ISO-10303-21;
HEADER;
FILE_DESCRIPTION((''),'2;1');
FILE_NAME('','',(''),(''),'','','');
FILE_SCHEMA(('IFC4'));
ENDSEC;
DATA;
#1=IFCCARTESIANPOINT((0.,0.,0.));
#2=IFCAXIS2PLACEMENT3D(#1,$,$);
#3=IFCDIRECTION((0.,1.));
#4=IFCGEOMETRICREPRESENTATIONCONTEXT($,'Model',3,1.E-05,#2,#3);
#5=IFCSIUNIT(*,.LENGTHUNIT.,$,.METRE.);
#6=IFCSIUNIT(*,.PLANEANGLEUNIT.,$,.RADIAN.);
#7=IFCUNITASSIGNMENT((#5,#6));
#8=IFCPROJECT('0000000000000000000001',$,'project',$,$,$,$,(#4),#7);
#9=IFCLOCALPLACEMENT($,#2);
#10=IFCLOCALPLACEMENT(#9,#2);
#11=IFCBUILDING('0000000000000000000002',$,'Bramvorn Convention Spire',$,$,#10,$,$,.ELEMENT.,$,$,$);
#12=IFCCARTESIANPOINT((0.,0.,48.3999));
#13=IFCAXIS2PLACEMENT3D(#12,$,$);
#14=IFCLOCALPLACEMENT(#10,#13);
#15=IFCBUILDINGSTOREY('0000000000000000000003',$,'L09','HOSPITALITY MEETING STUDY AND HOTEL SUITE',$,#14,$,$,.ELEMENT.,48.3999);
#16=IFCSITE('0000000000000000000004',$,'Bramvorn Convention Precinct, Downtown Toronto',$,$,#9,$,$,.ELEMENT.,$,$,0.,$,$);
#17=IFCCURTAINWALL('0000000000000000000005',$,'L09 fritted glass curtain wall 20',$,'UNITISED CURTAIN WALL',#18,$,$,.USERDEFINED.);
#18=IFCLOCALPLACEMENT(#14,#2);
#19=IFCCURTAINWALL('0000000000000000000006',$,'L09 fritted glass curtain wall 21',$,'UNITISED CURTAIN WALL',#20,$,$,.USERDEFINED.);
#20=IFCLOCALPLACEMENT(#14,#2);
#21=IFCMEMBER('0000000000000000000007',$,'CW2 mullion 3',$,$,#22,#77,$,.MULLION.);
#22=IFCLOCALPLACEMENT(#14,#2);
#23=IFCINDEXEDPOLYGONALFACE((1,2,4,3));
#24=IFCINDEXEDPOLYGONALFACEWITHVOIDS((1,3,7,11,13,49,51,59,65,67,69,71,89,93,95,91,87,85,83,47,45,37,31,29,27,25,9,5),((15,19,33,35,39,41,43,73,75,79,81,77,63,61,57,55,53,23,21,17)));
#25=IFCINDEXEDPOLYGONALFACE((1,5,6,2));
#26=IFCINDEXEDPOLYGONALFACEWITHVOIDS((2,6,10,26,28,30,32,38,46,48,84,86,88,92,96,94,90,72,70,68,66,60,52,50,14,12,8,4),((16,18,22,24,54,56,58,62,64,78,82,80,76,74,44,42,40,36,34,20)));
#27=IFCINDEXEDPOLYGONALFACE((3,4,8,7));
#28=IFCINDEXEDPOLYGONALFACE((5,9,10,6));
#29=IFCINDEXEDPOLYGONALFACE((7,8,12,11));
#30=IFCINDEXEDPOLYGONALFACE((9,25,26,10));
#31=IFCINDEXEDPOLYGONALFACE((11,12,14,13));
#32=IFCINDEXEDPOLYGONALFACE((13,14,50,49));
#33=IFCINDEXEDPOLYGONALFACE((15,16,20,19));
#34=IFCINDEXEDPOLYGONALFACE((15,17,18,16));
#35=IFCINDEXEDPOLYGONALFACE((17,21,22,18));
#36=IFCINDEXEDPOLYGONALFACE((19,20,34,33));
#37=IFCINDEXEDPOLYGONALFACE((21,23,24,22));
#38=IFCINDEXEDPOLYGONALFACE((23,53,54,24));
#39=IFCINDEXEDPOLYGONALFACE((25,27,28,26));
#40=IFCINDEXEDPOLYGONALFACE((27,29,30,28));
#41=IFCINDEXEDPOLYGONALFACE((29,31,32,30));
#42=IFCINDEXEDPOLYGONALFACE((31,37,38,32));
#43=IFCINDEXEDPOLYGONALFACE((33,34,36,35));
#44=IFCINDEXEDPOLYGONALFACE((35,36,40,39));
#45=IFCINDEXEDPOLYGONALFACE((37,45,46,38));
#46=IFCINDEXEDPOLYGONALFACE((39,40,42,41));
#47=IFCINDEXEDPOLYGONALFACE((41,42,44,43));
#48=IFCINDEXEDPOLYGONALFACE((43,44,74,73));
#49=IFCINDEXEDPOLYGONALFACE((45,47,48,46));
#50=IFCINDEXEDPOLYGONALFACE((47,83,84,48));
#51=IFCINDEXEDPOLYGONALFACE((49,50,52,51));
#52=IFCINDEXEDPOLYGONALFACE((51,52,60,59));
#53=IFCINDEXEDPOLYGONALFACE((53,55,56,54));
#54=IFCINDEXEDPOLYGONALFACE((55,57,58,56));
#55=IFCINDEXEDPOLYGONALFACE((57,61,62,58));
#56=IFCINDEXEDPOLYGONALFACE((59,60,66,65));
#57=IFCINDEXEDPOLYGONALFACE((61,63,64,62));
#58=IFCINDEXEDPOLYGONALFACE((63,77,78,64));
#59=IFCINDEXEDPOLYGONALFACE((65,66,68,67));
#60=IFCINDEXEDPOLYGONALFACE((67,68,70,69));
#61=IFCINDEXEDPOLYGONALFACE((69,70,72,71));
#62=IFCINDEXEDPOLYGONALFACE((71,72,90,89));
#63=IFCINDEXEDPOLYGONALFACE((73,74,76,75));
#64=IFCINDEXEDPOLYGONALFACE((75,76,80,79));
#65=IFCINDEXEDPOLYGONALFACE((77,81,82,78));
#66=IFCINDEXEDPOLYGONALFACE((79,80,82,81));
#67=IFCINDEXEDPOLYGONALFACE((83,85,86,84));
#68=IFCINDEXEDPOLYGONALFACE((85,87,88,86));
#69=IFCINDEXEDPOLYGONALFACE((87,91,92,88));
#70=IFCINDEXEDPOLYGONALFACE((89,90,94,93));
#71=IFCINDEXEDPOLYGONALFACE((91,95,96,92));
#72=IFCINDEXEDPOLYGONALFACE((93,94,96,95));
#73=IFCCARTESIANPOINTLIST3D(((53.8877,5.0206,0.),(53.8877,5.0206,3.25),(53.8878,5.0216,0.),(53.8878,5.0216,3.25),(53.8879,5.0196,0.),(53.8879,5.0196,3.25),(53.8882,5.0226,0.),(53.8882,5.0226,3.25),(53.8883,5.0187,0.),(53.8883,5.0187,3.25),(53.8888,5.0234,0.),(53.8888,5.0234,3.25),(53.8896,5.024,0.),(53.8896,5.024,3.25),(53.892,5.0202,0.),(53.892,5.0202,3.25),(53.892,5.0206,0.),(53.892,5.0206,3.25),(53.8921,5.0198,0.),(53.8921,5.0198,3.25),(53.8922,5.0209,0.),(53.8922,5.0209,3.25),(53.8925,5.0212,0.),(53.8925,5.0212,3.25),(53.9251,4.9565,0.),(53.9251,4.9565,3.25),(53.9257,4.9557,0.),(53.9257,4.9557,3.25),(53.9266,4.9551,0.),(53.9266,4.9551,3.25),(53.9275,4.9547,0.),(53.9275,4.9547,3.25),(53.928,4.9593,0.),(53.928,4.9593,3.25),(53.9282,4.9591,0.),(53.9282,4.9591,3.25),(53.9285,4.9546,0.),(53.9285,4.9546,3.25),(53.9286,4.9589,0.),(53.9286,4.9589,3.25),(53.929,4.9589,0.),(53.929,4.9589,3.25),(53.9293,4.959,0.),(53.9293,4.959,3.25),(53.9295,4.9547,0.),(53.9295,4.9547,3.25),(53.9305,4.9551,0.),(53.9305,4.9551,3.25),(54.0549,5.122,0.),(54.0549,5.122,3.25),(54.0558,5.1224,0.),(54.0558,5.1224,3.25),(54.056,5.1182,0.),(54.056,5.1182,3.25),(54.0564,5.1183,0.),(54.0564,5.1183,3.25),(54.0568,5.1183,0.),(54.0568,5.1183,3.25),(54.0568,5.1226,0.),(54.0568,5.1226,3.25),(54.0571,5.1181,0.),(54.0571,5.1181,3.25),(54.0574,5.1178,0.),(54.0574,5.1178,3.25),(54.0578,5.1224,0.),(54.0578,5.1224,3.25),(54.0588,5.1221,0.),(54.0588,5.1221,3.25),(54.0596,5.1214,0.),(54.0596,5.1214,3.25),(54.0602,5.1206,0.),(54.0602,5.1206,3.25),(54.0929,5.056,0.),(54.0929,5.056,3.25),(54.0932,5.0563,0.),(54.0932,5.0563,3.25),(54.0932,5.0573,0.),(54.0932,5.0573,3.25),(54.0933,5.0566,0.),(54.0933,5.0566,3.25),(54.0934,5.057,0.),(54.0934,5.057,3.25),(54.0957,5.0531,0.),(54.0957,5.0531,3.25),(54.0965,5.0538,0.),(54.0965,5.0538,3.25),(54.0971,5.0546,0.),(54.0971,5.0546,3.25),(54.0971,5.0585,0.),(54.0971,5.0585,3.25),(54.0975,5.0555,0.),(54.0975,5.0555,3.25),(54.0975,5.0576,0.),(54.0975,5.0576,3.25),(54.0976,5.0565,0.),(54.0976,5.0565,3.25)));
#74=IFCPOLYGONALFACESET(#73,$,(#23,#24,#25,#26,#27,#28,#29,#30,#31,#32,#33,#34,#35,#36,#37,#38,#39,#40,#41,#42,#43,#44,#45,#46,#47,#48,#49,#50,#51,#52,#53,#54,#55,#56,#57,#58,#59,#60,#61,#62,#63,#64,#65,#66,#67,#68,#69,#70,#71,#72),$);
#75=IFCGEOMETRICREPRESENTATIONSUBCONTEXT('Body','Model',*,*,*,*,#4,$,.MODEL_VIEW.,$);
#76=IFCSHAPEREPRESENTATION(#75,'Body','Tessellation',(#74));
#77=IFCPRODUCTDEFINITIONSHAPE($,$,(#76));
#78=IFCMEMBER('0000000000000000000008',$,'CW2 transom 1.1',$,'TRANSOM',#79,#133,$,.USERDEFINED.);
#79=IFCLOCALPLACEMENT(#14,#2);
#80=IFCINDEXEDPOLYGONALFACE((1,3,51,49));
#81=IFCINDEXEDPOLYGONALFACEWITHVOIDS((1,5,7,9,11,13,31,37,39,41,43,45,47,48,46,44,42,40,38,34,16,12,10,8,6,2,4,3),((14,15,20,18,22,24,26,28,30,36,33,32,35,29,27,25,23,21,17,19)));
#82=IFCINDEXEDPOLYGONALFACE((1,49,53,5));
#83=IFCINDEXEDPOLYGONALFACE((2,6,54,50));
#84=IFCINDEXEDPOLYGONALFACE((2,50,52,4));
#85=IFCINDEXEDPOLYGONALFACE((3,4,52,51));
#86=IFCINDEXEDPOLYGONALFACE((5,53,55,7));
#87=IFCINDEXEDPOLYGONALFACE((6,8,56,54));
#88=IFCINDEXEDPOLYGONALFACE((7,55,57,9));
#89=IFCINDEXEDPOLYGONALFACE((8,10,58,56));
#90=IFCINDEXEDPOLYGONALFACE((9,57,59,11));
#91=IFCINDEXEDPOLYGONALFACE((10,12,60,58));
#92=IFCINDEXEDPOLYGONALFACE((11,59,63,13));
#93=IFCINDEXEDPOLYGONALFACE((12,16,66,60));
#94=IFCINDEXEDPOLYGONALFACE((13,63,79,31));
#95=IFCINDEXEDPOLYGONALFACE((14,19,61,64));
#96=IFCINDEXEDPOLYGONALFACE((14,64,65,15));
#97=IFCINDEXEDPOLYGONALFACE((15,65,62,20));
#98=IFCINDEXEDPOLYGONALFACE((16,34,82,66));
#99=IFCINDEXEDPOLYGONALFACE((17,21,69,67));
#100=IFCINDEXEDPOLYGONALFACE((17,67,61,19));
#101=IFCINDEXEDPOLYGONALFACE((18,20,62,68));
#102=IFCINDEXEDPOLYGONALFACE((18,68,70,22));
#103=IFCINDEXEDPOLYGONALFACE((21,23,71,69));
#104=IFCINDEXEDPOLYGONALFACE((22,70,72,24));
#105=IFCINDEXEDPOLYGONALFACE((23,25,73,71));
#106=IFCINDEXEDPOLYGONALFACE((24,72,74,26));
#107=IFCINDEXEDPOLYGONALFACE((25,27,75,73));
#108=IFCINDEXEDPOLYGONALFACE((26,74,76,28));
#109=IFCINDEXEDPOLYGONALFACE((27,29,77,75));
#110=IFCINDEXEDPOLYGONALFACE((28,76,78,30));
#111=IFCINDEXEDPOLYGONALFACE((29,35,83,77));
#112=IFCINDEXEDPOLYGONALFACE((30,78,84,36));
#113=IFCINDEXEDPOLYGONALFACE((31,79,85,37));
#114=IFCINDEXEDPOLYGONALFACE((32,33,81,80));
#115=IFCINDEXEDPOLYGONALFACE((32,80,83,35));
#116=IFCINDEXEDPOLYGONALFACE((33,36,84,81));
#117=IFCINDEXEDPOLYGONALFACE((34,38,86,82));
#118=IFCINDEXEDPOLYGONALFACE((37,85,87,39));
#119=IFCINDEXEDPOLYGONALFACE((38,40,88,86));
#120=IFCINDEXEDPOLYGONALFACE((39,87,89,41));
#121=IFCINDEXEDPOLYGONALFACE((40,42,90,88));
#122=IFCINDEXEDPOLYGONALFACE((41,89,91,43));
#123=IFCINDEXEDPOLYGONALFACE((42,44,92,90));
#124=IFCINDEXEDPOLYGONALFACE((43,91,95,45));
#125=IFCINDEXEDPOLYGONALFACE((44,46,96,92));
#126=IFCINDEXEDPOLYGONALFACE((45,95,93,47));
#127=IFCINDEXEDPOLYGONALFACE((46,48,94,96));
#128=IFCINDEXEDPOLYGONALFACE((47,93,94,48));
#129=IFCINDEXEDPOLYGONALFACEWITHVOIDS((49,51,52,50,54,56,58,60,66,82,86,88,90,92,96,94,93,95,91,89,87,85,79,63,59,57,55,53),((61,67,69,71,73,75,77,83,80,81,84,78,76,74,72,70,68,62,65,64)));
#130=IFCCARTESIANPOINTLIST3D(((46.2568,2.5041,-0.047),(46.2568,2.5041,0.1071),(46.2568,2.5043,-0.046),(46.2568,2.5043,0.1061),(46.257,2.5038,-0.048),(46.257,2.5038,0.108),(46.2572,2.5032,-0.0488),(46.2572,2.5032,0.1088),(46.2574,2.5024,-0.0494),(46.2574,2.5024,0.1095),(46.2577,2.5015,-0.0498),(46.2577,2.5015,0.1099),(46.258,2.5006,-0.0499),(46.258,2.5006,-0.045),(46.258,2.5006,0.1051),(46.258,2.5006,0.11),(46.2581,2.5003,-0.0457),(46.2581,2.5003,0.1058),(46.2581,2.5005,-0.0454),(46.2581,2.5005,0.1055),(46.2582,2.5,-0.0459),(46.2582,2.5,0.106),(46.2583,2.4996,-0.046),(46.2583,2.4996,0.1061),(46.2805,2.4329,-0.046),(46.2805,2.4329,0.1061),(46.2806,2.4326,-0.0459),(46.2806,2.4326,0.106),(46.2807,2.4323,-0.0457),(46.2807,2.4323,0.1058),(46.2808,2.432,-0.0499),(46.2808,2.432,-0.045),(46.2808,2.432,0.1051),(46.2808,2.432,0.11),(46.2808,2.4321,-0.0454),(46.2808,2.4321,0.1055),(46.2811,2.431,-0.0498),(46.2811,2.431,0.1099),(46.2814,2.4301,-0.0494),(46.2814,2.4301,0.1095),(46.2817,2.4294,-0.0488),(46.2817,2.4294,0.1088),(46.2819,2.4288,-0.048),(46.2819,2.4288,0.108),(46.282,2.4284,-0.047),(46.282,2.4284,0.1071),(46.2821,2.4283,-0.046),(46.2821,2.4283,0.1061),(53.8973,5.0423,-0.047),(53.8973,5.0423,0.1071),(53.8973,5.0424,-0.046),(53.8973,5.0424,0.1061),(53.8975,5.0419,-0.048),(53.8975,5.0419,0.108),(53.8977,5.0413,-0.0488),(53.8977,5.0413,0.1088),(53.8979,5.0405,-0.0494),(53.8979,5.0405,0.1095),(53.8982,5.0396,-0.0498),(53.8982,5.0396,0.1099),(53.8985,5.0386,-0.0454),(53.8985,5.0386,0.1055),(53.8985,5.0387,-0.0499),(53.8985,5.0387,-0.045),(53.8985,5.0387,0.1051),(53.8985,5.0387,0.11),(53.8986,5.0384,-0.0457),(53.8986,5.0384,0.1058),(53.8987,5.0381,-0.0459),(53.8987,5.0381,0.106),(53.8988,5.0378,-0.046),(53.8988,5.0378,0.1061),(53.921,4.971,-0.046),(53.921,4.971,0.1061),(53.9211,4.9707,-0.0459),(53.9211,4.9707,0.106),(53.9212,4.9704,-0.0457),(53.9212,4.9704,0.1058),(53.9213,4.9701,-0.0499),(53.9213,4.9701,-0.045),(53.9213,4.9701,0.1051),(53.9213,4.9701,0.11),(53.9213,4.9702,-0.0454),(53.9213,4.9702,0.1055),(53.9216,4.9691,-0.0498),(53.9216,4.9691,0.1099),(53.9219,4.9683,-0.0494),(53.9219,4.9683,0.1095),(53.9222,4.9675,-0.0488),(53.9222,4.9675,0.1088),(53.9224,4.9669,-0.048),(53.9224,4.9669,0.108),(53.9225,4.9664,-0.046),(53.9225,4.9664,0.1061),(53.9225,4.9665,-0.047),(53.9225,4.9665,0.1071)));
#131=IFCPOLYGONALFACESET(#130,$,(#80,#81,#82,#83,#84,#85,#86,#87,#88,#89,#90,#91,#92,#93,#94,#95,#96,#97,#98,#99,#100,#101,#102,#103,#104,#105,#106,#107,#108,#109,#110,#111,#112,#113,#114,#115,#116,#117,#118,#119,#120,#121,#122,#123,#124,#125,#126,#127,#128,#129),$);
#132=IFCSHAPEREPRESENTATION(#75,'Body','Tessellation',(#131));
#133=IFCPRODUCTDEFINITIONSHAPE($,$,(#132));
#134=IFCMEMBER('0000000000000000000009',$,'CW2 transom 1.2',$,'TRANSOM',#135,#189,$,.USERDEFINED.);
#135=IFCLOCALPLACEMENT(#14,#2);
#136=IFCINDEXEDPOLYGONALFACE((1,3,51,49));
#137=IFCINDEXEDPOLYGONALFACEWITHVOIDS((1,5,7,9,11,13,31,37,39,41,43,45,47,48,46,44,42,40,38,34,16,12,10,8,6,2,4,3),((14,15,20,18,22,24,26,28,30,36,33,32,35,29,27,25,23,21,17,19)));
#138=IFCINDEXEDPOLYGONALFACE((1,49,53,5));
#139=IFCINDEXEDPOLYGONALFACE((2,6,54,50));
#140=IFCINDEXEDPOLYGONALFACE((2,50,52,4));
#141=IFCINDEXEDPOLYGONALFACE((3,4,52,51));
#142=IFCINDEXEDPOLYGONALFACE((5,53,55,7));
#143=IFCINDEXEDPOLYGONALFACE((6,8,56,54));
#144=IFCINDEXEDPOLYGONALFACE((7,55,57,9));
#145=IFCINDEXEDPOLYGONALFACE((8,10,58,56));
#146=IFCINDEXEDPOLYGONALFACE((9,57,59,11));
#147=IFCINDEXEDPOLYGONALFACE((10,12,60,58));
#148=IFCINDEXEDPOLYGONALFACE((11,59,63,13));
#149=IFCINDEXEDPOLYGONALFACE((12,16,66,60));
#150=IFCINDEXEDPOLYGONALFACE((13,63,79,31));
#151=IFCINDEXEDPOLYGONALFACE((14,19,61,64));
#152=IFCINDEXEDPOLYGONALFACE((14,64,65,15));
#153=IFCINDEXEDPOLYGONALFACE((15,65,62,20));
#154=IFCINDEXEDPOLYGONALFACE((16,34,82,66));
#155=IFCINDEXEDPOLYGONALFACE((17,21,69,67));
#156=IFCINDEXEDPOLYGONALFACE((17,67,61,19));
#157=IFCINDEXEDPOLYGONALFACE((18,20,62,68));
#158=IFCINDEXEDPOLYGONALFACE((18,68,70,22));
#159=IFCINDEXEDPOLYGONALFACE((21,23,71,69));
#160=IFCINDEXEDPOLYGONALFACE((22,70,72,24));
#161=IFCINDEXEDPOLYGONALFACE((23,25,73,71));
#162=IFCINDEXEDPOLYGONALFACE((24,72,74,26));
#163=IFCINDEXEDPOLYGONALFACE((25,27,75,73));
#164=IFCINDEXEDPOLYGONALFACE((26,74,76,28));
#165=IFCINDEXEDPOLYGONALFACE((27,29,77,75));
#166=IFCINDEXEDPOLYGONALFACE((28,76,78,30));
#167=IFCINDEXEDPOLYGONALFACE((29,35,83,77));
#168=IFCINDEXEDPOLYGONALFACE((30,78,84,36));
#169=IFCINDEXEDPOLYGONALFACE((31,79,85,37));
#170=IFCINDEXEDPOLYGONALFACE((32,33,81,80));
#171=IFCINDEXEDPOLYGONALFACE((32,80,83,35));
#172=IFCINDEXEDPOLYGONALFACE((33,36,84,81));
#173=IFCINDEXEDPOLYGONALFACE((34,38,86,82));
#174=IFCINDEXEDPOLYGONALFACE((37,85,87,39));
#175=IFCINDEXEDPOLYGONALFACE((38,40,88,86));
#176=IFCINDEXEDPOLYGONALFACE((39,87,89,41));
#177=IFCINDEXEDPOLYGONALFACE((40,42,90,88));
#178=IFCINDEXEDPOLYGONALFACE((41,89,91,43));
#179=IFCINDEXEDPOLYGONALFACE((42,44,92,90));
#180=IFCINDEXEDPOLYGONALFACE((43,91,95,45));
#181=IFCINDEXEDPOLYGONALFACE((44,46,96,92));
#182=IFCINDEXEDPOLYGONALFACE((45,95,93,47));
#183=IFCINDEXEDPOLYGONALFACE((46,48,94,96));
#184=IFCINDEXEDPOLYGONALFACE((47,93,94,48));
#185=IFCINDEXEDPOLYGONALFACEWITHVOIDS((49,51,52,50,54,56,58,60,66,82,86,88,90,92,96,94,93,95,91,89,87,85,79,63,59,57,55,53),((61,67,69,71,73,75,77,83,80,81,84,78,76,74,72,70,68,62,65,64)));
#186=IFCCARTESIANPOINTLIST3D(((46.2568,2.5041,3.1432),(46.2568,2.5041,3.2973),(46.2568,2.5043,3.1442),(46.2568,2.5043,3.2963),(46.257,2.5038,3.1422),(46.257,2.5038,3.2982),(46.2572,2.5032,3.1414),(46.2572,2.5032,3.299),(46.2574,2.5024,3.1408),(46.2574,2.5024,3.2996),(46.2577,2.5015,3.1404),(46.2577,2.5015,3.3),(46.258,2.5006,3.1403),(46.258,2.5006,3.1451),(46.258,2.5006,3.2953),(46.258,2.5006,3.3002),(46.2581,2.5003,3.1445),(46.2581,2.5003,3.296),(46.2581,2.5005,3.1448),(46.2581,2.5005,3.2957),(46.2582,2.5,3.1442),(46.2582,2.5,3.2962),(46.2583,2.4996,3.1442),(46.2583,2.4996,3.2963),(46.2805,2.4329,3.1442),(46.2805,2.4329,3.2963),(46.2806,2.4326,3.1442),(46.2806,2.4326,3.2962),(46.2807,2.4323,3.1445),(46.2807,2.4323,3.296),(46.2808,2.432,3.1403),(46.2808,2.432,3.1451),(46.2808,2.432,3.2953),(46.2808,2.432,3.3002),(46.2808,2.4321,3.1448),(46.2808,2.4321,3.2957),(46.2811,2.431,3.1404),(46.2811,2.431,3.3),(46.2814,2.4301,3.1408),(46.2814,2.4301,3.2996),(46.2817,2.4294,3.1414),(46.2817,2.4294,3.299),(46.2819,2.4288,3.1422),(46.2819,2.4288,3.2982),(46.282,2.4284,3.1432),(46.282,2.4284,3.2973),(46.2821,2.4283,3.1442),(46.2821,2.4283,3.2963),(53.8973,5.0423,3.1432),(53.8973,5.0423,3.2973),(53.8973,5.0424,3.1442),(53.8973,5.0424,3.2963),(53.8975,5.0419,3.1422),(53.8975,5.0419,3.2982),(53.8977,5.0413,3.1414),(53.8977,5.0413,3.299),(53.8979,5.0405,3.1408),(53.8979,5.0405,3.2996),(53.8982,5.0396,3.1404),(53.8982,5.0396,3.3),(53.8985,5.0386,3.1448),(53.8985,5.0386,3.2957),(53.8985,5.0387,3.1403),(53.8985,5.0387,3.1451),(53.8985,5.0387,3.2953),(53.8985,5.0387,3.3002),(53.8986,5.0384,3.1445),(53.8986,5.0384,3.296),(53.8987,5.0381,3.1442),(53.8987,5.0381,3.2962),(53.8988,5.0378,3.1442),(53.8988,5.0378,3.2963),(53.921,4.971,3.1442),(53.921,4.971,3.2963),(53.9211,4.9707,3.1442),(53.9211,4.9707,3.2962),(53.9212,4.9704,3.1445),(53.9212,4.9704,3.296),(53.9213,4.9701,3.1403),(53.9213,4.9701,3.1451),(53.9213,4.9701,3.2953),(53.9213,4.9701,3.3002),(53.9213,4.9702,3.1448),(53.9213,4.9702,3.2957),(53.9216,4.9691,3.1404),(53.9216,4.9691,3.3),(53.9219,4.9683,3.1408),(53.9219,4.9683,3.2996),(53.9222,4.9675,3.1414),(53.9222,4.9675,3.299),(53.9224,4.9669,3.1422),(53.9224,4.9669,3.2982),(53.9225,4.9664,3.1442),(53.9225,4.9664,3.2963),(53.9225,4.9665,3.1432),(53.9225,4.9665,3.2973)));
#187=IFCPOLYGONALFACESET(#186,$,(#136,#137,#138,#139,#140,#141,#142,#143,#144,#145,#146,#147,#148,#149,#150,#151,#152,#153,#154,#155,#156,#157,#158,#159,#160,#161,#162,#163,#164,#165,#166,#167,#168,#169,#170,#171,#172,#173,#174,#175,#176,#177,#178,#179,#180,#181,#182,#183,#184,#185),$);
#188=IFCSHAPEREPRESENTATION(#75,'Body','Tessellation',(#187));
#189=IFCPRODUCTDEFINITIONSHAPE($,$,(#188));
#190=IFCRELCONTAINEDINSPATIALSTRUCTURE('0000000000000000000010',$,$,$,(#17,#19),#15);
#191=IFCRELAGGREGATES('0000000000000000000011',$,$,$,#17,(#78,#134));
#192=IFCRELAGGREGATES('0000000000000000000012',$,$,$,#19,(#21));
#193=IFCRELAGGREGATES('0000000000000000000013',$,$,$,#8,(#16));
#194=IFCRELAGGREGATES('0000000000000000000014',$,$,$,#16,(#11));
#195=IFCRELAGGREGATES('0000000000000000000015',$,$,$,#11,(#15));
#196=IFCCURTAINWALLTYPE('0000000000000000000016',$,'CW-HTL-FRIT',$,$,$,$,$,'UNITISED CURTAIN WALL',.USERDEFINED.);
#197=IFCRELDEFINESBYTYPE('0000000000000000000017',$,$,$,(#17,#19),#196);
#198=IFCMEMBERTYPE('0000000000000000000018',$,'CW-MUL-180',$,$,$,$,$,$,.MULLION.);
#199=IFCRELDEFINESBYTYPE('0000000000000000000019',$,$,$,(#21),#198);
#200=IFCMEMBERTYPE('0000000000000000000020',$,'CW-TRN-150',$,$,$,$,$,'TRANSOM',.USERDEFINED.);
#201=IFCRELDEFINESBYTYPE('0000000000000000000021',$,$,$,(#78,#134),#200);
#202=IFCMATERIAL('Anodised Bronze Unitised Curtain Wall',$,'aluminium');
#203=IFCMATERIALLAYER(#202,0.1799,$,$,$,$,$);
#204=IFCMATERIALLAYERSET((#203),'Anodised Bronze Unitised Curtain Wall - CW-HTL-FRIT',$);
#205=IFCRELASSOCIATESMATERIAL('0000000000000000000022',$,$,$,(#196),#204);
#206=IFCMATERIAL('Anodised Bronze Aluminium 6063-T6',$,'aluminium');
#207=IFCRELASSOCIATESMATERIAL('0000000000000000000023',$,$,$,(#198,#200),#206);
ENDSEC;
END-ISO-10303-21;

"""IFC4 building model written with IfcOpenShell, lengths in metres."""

from ifc_helpers import new_model, si_unit, direction, frame, origin, origin_2d, place, context, subcontext, project, spatial, hollow_rectangle, extrude, material, layer, layer_set, material_profile, profile_set, type_object, element, aggregate, save


model = new_model("IFC4")

# Units and contexts
model_context = context("Model", 3, precision=1e-05, world=origin(), true_north=direction((0.0, 1.0)))
body_context = subcontext(model_context, "Body", "Model", "MODEL_VIEW")
ifc_project = project(units=[si_unit("LENGTHUNIT", "METRE"), si_unit("PLANEANGLEUNIT", "RADIAN")], contexts=[model_context])

# Site, building, storey
site_placement = place(None, origin())
site = spatial("IfcSite", under=ifc_project, at=site_placement, Name="Bramvorn Convention Precinct, Downtown Toronto", CompositionType="ELEMENT", RefElevation=0.0)
building_placement = place(site_placement, origin())
building = spatial("IfcBuilding", under=site, at=building_placement, Name="Bramvorn Convention Spire", CompositionType="ELEMENT")
storey_placement = place(building_placement, frame((0.0, 0.0, 48.3999)))
storey = spatial("IfcBuildingStorey", under=building, at=storey_placement, Name="L09", Description="HOSPITALITY MEETING STUDY AND HOTEL SUITE", CompositionType="ELEMENT", Elevation=48.3999)

# Curtain walls, member
ifc_material_1 = material(Name="Anodised Bronze Unitised Curtain Wall", Category="aluminium")
ifc_layer_1 = layer(ifc_material_1, 0.1799)
ifc_layer_set_1 = layer_set([ifc_layer_1], Name="Anodised Bronze Unitised Curtain Wall - CW-HTL-FRIT")
curtain_wall_type = type_object("IfcCurtainWallType", Name="CW-HTL-FRIT", ElementType="UNITISED CURTAIN WALL", PredefinedType="USERDEFINED", material=ifc_layer_set_1)
curtain_wall_1_placement = place(storey_placement, origin())
curtain_wall_1 = element("IfcCurtainWall", 1, at=curtain_wall_1_placement, inside=storey, type_object=curtain_wall_type, Name="L09 fritted glass curtain wall 20", ObjectType="UNITISED CURTAIN WALL", PredefinedType="USERDEFINED")
ifc_material_2 = material(Name="Anodised Bronze Aluminium 6063-T6", Category="aluminium")
ifc_material_profile_1 = material_profile(ifc_material_2, hollow_rectangle(XDim=0.0801, YDim=0.2, WallThickness=0.0039, InnerFilletRadius=0.001, OuterFilletRadius=0.0039, at=origin_2d()))
ifc_profile_set_1 = profile_set([ifc_material_profile_1], Name="Anodised Bronze Aluminium 6063-T6 - CWM80X200")
member_type_1 = type_object("IfcMemberType", Name="CW-MUL-180", PredefinedType="MULLION", material=ifc_profile_set_1)
curtain_wall_2_placement = place(storey_placement, origin())
curtain_wall_2 = element("IfcCurtainWall", 2, at=curtain_wall_2_placement, inside=storey, type_object=curtain_wall_type, Name="L09 fritted glass curtain wall 21", ObjectType="UNITISED CURTAIN WALL", PredefinedType="USERDEFINED")
member_1_placement = place(storey_placement, frame((53.9927, 5.0386, 0.0), z_axis=(0.0, 0.0, 1.0), x_axis=(0.510054, -0.860143, 0.0)))
member_1 = element("IfcMember", 3, at=member_1_placement, type_object=member_type_1, Name="CW2 mullion 3", PredefinedType="MULLION", context=body_context, shape_type="SweptSolid", body=[
    extrude(hollow_rectangle(XDim=0.0801, YDim=0.2, WallThickness=0.0039, InnerFilletRadius=0.001, OuterFilletRadius=0.0039, at=origin_2d()), origin(), (0.0, 0.0, 1.0), 3.25),
])

# Members
ifc_material_profile_2 = material_profile(ifc_material_2, hollow_rectangle(XDim=0.0801, YDim=0.1599, WallThickness=0.0039, InnerFilletRadius=0.001, OuterFilletRadius=0.0039, at=origin_2d()))
ifc_profile_set_2 = profile_set([ifc_material_profile_2], Name="Anodised Bronze Aluminium 6063-T6 - CWT80X160")
member_type_2 = type_object("IfcMemberType", Name="CW-TRN-150", ElementType="TRANSOM", PredefinedType="USERDEFINED", material=ifc_profile_set_2)
member_2_placement = place(storey_placement, frame((53.9099, 5.0044, 0.03), z_axis=(-0.949007, -0.315254, 0.0), x_axis=(0.315254, -0.949007, 0.0)))
member_2 = element("IfcMember", 4, at=member_2_placement, type_object=member_type_2, Name="CW2 transom 1.1", ObjectType="TRANSOM", PredefinedType="USERDEFINED", context=body_context, shape_type="SweptSolid", body=[
    extrude(hollow_rectangle(XDim=0.0801, YDim=0.1599, WallThickness=0.0039, InnerFilletRadius=0.001, OuterFilletRadius=0.0039, at=origin_2d()), origin(), (0.0, 0.0, 1.0), 8.051),
])
member_3_placement = place(storey_placement, frame((53.9099, 5.0044, 3.2202), z_axis=(-0.949007, -0.315254, 0.0), x_axis=(0.315254, -0.949007, 0.0)))
member_3 = element("IfcMember", 5, at=member_3_placement, type_object=member_type_2, Name="CW2 transom 1.2", ObjectType="TRANSOM", PredefinedType="USERDEFINED", context=body_context, shape_type="SweptSolid", body=[
    extrude(hollow_rectangle(XDim=0.0801, YDim=0.1599, WallThickness=0.0039, InnerFilletRadius=0.001, OuterFilletRadius=0.0039, at=origin_2d()), origin(), (0.0, 0.0, 1.0), 8.051),
])

aggregate(curtain_wall_1, [member_2, member_3])
aggregate(curtain_wall_2, [member_1])

save(model, "model.ifc")
